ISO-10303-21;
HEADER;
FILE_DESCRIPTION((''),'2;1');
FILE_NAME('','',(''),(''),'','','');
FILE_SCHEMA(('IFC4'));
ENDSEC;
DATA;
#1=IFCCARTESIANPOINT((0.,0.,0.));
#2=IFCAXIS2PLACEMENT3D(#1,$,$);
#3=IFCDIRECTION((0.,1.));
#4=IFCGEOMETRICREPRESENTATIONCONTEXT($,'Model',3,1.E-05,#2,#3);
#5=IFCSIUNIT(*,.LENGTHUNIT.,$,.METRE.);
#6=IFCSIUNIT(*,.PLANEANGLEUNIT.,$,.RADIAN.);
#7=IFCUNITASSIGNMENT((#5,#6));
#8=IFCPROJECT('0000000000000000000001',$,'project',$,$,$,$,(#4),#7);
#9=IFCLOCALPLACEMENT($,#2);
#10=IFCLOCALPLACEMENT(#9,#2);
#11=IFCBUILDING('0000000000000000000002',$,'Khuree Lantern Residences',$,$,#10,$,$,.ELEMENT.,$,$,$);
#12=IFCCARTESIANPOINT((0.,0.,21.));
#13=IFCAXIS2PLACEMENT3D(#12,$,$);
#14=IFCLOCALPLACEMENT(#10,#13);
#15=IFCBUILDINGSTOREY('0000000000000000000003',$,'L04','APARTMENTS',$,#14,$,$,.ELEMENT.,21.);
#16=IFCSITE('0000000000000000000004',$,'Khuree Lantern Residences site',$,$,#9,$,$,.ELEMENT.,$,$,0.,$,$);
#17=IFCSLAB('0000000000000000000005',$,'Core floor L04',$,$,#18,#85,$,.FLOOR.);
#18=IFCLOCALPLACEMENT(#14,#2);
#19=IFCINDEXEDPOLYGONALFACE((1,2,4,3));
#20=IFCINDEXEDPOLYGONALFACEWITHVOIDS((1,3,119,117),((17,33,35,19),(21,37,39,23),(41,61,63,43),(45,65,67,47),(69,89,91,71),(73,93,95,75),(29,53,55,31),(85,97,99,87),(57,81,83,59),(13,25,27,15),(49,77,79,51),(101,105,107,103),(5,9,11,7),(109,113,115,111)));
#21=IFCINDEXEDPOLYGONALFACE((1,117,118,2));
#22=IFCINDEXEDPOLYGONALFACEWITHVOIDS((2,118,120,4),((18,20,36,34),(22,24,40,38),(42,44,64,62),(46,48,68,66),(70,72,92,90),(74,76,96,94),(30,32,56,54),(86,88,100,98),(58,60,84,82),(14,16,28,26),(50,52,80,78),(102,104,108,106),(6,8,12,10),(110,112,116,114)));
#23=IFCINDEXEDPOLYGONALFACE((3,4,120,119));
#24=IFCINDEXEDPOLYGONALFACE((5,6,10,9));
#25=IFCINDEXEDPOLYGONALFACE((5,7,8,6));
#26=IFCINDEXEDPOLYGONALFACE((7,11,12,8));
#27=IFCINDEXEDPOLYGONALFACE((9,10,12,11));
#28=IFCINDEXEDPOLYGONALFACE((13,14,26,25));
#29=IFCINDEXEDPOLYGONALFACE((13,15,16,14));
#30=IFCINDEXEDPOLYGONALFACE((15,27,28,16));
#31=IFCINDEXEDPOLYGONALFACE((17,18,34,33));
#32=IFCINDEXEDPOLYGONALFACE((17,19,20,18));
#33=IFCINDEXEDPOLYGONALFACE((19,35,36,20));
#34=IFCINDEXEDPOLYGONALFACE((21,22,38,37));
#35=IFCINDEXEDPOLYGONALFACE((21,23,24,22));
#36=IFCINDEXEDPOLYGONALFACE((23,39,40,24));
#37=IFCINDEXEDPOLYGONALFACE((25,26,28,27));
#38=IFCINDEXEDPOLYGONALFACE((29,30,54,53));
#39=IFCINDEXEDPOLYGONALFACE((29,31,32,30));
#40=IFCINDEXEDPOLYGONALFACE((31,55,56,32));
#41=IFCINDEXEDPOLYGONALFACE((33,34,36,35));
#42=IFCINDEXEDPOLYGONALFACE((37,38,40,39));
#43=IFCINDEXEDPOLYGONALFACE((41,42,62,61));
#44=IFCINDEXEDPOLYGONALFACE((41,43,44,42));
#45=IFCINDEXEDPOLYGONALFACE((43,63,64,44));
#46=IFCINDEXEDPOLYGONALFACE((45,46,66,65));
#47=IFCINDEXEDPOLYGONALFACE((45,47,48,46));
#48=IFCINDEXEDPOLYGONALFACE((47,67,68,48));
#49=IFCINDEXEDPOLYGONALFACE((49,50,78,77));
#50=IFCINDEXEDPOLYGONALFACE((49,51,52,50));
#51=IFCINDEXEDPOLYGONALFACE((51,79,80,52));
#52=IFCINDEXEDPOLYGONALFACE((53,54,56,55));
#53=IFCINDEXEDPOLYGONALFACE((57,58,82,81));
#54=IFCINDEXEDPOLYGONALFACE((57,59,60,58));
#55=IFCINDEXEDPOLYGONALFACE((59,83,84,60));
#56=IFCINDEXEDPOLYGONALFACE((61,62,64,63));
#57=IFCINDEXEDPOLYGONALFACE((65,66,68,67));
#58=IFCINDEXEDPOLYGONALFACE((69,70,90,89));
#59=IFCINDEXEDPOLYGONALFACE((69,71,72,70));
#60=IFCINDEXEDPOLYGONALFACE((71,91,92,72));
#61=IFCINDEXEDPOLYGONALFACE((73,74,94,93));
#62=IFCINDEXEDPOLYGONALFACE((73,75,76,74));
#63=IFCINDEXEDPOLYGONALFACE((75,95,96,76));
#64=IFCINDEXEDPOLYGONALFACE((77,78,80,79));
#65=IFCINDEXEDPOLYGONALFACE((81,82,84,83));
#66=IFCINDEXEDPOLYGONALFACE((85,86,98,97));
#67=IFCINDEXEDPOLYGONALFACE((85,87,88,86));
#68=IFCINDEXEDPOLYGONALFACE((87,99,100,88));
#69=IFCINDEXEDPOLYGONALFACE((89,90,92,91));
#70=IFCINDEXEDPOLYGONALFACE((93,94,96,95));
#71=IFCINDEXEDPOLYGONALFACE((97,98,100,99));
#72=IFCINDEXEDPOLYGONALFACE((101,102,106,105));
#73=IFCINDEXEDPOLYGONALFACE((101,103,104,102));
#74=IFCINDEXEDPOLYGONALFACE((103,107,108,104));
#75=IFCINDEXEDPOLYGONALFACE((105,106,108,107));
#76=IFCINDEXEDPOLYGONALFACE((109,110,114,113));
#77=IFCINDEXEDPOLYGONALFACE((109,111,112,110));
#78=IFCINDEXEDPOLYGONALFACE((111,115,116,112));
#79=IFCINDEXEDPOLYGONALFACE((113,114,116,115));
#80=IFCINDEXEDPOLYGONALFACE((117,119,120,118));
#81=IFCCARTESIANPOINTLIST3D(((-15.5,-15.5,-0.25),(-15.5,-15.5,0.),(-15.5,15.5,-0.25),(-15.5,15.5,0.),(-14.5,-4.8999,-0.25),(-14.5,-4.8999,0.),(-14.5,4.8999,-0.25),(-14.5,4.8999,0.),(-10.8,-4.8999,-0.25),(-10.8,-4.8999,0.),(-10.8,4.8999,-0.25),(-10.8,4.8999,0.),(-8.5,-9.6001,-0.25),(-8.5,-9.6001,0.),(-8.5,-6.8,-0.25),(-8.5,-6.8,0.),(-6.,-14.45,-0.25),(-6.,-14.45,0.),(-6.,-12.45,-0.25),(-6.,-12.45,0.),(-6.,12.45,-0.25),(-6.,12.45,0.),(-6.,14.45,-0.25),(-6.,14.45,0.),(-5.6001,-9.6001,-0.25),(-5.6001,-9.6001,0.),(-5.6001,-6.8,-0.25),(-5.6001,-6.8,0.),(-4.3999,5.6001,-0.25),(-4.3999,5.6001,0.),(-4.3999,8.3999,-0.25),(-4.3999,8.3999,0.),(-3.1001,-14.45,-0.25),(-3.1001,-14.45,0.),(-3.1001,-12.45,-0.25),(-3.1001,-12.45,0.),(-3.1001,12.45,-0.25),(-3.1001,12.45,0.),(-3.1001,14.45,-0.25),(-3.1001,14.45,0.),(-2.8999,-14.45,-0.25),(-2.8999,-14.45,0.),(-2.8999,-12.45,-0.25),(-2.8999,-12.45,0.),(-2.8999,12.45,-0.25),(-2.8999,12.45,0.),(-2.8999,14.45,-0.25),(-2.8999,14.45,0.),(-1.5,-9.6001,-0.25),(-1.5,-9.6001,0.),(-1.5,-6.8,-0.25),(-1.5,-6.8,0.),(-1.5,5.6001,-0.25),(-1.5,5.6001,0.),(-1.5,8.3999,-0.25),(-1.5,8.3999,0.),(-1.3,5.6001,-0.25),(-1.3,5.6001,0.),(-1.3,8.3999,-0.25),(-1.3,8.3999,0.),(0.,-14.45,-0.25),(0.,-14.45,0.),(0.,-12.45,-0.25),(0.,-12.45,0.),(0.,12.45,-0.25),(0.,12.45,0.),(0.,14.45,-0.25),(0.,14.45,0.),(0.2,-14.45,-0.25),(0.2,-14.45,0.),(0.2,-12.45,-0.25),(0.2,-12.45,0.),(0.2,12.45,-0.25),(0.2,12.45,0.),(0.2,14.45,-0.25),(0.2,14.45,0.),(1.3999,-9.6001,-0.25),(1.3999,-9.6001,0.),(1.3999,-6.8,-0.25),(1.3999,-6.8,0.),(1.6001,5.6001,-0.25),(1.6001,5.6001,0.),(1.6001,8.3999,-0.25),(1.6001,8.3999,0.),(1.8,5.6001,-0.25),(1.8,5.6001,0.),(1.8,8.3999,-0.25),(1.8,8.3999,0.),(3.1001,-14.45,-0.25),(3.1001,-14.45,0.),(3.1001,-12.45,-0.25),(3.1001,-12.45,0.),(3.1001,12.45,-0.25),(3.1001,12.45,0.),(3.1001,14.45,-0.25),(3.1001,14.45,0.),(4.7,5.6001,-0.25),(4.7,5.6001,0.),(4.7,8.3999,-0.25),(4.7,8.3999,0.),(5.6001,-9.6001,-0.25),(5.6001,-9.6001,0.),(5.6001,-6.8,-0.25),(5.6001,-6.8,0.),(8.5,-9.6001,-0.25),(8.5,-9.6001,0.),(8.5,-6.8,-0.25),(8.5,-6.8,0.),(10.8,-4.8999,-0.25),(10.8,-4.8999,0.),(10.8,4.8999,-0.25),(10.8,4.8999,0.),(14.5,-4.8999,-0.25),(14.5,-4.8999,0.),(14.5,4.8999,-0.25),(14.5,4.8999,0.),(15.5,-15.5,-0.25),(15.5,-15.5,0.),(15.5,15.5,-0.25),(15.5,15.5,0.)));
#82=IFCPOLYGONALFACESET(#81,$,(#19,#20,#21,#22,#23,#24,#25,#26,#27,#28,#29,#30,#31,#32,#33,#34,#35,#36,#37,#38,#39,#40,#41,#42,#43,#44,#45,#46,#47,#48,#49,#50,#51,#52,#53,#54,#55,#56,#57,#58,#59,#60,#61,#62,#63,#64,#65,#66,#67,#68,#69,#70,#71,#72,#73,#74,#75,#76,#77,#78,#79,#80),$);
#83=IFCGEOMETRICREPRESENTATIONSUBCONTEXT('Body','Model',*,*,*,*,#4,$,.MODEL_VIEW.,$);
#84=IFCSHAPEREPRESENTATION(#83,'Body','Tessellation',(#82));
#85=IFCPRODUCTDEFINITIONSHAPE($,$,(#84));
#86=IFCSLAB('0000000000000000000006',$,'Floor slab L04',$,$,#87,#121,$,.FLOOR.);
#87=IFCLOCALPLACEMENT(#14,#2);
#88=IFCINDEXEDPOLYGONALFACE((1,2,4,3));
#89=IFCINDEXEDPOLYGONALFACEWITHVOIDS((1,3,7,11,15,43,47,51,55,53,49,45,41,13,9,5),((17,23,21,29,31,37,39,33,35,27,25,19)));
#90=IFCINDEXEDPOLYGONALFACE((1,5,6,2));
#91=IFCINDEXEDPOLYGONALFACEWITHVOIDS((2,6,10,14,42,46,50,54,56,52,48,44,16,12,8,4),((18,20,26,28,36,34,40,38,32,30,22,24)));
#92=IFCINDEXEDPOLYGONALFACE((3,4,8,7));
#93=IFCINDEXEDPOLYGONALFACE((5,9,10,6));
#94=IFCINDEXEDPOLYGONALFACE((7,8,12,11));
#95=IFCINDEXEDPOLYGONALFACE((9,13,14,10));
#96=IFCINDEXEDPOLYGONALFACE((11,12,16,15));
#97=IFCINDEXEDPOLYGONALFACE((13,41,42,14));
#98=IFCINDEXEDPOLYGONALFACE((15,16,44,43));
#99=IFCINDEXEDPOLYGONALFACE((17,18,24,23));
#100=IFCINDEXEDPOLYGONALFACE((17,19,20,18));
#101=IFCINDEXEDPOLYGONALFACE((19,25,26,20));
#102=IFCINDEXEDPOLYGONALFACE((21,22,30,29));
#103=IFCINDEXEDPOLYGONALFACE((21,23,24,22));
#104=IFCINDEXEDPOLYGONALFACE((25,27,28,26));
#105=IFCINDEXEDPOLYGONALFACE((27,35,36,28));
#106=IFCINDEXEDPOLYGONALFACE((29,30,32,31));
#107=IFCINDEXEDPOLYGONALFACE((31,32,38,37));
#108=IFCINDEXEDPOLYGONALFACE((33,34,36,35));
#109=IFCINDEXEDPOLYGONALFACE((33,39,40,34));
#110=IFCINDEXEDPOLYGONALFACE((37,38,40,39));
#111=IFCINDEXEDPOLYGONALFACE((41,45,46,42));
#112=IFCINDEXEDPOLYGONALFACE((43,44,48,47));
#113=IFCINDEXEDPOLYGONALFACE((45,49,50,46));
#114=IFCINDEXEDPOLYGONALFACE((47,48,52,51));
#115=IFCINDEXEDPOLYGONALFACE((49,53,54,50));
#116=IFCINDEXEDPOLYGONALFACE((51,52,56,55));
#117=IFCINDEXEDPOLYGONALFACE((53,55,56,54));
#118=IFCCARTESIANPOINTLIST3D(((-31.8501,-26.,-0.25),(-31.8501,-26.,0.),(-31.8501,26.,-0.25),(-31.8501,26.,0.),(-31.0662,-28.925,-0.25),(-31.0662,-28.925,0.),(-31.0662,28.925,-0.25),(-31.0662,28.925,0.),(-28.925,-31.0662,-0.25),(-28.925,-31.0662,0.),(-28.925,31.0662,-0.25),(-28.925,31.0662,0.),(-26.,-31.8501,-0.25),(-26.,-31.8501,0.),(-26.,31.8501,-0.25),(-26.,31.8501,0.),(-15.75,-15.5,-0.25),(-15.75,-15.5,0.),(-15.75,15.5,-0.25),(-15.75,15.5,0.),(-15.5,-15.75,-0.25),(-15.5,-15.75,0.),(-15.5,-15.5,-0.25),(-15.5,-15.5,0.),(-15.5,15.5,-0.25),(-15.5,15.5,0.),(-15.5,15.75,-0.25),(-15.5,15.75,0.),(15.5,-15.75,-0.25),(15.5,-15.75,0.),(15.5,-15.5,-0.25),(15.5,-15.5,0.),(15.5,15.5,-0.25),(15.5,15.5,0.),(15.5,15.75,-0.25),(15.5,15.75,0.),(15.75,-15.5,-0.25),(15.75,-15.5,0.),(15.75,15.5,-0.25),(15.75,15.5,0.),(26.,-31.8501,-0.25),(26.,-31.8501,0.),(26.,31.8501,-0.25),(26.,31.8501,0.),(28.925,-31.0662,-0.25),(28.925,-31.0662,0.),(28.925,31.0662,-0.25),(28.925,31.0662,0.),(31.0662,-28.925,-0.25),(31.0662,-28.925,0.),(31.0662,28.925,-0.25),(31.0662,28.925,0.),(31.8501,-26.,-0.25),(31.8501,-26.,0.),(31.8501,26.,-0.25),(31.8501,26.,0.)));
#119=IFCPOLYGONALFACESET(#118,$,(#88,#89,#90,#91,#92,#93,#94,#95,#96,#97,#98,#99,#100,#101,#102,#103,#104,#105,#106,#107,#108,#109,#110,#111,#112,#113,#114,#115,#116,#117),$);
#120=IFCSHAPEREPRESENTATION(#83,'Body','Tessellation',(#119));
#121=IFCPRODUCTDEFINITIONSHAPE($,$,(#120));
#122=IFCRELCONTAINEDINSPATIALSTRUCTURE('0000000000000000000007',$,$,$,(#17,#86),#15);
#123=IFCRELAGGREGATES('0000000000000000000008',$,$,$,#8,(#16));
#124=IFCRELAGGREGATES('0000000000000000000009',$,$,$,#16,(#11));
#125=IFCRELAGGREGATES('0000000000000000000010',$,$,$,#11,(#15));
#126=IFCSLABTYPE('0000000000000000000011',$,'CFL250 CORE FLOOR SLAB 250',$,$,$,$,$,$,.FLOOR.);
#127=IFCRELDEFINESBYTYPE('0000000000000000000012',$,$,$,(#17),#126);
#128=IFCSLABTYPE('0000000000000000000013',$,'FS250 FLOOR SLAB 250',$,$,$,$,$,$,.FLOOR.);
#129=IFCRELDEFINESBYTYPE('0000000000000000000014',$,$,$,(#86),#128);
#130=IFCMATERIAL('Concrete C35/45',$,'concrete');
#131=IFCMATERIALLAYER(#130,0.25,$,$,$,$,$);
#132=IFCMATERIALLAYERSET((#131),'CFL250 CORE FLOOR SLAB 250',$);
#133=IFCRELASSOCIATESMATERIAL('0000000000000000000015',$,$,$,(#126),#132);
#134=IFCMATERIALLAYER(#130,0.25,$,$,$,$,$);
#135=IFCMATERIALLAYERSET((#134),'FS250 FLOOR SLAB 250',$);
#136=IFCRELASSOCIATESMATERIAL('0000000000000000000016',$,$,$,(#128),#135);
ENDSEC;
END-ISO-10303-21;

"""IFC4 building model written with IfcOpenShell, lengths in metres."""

from ifc_helpers import new_model, si_unit, direction, frame, origin, place, context, subcontext, project, spatial, polyline, outline, extrude, material, layer, layer_set, type_object, element, save


model = new_model("IFC4")

# Units and contexts
model_context = context("Model", 3, precision=1e-05, world=origin(), true_north=direction((0.0, 1.0)))
body_context = subcontext(model_context, "Body", "Model", "MODEL_VIEW")
ifc_project = project(units=[si_unit("LENGTHUNIT", "METRE"), si_unit("PLANEANGLEUNIT", "RADIAN")], contexts=[model_context])

# Site, building, storey
site_placement = place(None, origin())
site = spatial("IfcSite", under=ifc_project, at=site_placement, Name="Khuree Lantern Residences site", CompositionType="ELEMENT", RefElevation=0.0)
building_placement = place(site_placement, origin())
building = spatial("IfcBuilding", under=site, at=building_placement, Name="Khuree Lantern Residences", CompositionType="ELEMENT")
storey_placement = place(building_placement, frame((0.0, 0.0, 21.0)))
storey = spatial("IfcBuildingStorey", under=building, at=storey_placement, Name="L04", Description="APARTMENTS", CompositionType="ELEMENT", Elevation=21.0)

# Slabs
ifc_material_1 = material(Name="Concrete C35/45", Category="concrete")
ifc_layer_1 = layer(ifc_material_1, 0.25)
ifc_layer_set_1 = layer_set([ifc_layer_1], Name="CFL250 CORE FLOOR SLAB 250")
slab_type_1 = type_object("IfcSlabType", Name="CFL250 CORE FLOOR SLAB 250", PredefinedType="FLOOR", material=ifc_layer_set_1)
slab_1_placement = place(storey_placement, frame((0.0, 0.0, -0.25)))
element("IfcSlab", 1, at=slab_1_placement, inside=storey, type_object=slab_type_1, Name="Core floor L04", PredefinedType="FLOOR", context=body_context, shape_type="SweptSolid", body=[
    extrude(outline(polyline([(-15.5, -15.5), (-15.5, 15.5), (15.5, 15.5), (15.5, -15.5), (-15.5, -15.5)]), holes=[polyline([(14.5, 4.8999), (10.8, 4.8999), (10.8, -4.8999), (14.5, -4.8999), (14.5, 4.8999)]), polyline([(8.5, -6.8), (5.6001, -6.8), (5.6001, -9.6001), (8.5, -9.6001), (8.5, -6.8)]), polyline([(4.7, 8.3999), (1.8, 8.3999), (1.8, 5.6001), (4.7, 5.6001), (4.7, 8.3999)]), polyline([(0.2, -12.45), (0.2, -14.45), (3.1001, -14.45), (3.1001, -12.45), (0.2, -12.45)]), polyline([(3.1001, 14.45), (0.2, 14.45), (0.2, 12.45), (3.1001, 12.45), (3.1001, 14.45)]), polyline([(1.6001, 8.3999), (-1.3, 8.3999), (-1.3, 5.6001), (1.6001, 5.6001), (1.6001, 8.3999)]), polyline([(1.3999, -6.8), (-1.5, -6.8), (-1.5, -9.6001), (1.3999, -9.6001), (1.3999, -6.8)]), polyline([(0.0, -12.45), (-2.8999, -12.45), (-2.8999, -14.45), (0.0, -14.45), (0.0, -12.45)]), polyline([(0.0, 14.45), (-2.8999, 14.45), (-2.8999, 12.45), (0.0, 12.45), (0.0, 14.45)]), polyline([(-1.5, 8.3999), (-4.3999, 8.3999), (-4.3999, 5.6001), (-1.5, 5.6001), (-1.5, 8.3999)]), polyline([(-6.0, -12.45), (-6.0, -14.45), (-3.1001, -14.45), (-3.1001, -12.45), (-6.0, -12.45)]), polyline([(-3.1001, 14.45), (-6.0, 14.45), (-6.0, 12.45), (-3.1001, 12.45), (-3.1001, 14.45)]), polyline([(-5.6001, -6.8), (-8.5, -6.8), (-8.5, -9.6001), (-5.6001, -9.6001), (-5.6001, -6.8)]), polyline([(-10.8, 4.8999), (-14.5, 4.8999), (-14.5, -4.8999), (-10.8, -4.8999), (-10.8, 4.8999)])]), origin(), (0.0, 0.0, 1.0), 0.25),
])
ifc_layer_2 = layer(ifc_material_1, 0.25)
ifc_layer_set_2 = layer_set([ifc_layer_2], Name="FS250 FLOOR SLAB 250")
slab_type_2 = type_object("IfcSlabType", Name="FS250 FLOOR SLAB 250", PredefinedType="FLOOR", material=ifc_layer_set_2)
slab_2_placement = place(storey_placement, frame((0.0, 0.0, -0.25)))
element("IfcSlab", 2, at=slab_2_placement, inside=storey, type_object=slab_type_2, Name="Floor slab L04", PredefinedType="FLOOR", context=body_context, shape_type="SweptSolid", body=[
    extrude(outline(polyline([(-28.925, -31.0662), (-31.0662, -28.925), (-31.8501, -26.0), (-31.8501, 26.0), (-31.0662, 28.925), (-28.925, 31.0662), (-26.0, 31.8501), (26.0, 31.8501), (28.925, 31.0662), (31.0662, 28.925), (31.8501, 26.0), (31.8501, -26.0), (31.0662, -28.925), (28.925, -31.0662), (26.0, -31.8501), (-26.0, -31.8501), (-28.925, -31.0662)]), holes=[polyline([(15.75, 15.5), (15.5, 15.5), (15.5, 15.75), (-15.5, 15.75), (-15.5, 15.5), (-15.75, 15.5), (-15.75, -15.5), (-15.5, -15.5), (-15.5, -15.75), (15.5, -15.75), (15.5, -15.5), (15.75, -15.5), (15.75, 15.5)])]), origin(), (0.0, 0.0, 1.0), 0.25),
])

save(model, "model.ifc")
